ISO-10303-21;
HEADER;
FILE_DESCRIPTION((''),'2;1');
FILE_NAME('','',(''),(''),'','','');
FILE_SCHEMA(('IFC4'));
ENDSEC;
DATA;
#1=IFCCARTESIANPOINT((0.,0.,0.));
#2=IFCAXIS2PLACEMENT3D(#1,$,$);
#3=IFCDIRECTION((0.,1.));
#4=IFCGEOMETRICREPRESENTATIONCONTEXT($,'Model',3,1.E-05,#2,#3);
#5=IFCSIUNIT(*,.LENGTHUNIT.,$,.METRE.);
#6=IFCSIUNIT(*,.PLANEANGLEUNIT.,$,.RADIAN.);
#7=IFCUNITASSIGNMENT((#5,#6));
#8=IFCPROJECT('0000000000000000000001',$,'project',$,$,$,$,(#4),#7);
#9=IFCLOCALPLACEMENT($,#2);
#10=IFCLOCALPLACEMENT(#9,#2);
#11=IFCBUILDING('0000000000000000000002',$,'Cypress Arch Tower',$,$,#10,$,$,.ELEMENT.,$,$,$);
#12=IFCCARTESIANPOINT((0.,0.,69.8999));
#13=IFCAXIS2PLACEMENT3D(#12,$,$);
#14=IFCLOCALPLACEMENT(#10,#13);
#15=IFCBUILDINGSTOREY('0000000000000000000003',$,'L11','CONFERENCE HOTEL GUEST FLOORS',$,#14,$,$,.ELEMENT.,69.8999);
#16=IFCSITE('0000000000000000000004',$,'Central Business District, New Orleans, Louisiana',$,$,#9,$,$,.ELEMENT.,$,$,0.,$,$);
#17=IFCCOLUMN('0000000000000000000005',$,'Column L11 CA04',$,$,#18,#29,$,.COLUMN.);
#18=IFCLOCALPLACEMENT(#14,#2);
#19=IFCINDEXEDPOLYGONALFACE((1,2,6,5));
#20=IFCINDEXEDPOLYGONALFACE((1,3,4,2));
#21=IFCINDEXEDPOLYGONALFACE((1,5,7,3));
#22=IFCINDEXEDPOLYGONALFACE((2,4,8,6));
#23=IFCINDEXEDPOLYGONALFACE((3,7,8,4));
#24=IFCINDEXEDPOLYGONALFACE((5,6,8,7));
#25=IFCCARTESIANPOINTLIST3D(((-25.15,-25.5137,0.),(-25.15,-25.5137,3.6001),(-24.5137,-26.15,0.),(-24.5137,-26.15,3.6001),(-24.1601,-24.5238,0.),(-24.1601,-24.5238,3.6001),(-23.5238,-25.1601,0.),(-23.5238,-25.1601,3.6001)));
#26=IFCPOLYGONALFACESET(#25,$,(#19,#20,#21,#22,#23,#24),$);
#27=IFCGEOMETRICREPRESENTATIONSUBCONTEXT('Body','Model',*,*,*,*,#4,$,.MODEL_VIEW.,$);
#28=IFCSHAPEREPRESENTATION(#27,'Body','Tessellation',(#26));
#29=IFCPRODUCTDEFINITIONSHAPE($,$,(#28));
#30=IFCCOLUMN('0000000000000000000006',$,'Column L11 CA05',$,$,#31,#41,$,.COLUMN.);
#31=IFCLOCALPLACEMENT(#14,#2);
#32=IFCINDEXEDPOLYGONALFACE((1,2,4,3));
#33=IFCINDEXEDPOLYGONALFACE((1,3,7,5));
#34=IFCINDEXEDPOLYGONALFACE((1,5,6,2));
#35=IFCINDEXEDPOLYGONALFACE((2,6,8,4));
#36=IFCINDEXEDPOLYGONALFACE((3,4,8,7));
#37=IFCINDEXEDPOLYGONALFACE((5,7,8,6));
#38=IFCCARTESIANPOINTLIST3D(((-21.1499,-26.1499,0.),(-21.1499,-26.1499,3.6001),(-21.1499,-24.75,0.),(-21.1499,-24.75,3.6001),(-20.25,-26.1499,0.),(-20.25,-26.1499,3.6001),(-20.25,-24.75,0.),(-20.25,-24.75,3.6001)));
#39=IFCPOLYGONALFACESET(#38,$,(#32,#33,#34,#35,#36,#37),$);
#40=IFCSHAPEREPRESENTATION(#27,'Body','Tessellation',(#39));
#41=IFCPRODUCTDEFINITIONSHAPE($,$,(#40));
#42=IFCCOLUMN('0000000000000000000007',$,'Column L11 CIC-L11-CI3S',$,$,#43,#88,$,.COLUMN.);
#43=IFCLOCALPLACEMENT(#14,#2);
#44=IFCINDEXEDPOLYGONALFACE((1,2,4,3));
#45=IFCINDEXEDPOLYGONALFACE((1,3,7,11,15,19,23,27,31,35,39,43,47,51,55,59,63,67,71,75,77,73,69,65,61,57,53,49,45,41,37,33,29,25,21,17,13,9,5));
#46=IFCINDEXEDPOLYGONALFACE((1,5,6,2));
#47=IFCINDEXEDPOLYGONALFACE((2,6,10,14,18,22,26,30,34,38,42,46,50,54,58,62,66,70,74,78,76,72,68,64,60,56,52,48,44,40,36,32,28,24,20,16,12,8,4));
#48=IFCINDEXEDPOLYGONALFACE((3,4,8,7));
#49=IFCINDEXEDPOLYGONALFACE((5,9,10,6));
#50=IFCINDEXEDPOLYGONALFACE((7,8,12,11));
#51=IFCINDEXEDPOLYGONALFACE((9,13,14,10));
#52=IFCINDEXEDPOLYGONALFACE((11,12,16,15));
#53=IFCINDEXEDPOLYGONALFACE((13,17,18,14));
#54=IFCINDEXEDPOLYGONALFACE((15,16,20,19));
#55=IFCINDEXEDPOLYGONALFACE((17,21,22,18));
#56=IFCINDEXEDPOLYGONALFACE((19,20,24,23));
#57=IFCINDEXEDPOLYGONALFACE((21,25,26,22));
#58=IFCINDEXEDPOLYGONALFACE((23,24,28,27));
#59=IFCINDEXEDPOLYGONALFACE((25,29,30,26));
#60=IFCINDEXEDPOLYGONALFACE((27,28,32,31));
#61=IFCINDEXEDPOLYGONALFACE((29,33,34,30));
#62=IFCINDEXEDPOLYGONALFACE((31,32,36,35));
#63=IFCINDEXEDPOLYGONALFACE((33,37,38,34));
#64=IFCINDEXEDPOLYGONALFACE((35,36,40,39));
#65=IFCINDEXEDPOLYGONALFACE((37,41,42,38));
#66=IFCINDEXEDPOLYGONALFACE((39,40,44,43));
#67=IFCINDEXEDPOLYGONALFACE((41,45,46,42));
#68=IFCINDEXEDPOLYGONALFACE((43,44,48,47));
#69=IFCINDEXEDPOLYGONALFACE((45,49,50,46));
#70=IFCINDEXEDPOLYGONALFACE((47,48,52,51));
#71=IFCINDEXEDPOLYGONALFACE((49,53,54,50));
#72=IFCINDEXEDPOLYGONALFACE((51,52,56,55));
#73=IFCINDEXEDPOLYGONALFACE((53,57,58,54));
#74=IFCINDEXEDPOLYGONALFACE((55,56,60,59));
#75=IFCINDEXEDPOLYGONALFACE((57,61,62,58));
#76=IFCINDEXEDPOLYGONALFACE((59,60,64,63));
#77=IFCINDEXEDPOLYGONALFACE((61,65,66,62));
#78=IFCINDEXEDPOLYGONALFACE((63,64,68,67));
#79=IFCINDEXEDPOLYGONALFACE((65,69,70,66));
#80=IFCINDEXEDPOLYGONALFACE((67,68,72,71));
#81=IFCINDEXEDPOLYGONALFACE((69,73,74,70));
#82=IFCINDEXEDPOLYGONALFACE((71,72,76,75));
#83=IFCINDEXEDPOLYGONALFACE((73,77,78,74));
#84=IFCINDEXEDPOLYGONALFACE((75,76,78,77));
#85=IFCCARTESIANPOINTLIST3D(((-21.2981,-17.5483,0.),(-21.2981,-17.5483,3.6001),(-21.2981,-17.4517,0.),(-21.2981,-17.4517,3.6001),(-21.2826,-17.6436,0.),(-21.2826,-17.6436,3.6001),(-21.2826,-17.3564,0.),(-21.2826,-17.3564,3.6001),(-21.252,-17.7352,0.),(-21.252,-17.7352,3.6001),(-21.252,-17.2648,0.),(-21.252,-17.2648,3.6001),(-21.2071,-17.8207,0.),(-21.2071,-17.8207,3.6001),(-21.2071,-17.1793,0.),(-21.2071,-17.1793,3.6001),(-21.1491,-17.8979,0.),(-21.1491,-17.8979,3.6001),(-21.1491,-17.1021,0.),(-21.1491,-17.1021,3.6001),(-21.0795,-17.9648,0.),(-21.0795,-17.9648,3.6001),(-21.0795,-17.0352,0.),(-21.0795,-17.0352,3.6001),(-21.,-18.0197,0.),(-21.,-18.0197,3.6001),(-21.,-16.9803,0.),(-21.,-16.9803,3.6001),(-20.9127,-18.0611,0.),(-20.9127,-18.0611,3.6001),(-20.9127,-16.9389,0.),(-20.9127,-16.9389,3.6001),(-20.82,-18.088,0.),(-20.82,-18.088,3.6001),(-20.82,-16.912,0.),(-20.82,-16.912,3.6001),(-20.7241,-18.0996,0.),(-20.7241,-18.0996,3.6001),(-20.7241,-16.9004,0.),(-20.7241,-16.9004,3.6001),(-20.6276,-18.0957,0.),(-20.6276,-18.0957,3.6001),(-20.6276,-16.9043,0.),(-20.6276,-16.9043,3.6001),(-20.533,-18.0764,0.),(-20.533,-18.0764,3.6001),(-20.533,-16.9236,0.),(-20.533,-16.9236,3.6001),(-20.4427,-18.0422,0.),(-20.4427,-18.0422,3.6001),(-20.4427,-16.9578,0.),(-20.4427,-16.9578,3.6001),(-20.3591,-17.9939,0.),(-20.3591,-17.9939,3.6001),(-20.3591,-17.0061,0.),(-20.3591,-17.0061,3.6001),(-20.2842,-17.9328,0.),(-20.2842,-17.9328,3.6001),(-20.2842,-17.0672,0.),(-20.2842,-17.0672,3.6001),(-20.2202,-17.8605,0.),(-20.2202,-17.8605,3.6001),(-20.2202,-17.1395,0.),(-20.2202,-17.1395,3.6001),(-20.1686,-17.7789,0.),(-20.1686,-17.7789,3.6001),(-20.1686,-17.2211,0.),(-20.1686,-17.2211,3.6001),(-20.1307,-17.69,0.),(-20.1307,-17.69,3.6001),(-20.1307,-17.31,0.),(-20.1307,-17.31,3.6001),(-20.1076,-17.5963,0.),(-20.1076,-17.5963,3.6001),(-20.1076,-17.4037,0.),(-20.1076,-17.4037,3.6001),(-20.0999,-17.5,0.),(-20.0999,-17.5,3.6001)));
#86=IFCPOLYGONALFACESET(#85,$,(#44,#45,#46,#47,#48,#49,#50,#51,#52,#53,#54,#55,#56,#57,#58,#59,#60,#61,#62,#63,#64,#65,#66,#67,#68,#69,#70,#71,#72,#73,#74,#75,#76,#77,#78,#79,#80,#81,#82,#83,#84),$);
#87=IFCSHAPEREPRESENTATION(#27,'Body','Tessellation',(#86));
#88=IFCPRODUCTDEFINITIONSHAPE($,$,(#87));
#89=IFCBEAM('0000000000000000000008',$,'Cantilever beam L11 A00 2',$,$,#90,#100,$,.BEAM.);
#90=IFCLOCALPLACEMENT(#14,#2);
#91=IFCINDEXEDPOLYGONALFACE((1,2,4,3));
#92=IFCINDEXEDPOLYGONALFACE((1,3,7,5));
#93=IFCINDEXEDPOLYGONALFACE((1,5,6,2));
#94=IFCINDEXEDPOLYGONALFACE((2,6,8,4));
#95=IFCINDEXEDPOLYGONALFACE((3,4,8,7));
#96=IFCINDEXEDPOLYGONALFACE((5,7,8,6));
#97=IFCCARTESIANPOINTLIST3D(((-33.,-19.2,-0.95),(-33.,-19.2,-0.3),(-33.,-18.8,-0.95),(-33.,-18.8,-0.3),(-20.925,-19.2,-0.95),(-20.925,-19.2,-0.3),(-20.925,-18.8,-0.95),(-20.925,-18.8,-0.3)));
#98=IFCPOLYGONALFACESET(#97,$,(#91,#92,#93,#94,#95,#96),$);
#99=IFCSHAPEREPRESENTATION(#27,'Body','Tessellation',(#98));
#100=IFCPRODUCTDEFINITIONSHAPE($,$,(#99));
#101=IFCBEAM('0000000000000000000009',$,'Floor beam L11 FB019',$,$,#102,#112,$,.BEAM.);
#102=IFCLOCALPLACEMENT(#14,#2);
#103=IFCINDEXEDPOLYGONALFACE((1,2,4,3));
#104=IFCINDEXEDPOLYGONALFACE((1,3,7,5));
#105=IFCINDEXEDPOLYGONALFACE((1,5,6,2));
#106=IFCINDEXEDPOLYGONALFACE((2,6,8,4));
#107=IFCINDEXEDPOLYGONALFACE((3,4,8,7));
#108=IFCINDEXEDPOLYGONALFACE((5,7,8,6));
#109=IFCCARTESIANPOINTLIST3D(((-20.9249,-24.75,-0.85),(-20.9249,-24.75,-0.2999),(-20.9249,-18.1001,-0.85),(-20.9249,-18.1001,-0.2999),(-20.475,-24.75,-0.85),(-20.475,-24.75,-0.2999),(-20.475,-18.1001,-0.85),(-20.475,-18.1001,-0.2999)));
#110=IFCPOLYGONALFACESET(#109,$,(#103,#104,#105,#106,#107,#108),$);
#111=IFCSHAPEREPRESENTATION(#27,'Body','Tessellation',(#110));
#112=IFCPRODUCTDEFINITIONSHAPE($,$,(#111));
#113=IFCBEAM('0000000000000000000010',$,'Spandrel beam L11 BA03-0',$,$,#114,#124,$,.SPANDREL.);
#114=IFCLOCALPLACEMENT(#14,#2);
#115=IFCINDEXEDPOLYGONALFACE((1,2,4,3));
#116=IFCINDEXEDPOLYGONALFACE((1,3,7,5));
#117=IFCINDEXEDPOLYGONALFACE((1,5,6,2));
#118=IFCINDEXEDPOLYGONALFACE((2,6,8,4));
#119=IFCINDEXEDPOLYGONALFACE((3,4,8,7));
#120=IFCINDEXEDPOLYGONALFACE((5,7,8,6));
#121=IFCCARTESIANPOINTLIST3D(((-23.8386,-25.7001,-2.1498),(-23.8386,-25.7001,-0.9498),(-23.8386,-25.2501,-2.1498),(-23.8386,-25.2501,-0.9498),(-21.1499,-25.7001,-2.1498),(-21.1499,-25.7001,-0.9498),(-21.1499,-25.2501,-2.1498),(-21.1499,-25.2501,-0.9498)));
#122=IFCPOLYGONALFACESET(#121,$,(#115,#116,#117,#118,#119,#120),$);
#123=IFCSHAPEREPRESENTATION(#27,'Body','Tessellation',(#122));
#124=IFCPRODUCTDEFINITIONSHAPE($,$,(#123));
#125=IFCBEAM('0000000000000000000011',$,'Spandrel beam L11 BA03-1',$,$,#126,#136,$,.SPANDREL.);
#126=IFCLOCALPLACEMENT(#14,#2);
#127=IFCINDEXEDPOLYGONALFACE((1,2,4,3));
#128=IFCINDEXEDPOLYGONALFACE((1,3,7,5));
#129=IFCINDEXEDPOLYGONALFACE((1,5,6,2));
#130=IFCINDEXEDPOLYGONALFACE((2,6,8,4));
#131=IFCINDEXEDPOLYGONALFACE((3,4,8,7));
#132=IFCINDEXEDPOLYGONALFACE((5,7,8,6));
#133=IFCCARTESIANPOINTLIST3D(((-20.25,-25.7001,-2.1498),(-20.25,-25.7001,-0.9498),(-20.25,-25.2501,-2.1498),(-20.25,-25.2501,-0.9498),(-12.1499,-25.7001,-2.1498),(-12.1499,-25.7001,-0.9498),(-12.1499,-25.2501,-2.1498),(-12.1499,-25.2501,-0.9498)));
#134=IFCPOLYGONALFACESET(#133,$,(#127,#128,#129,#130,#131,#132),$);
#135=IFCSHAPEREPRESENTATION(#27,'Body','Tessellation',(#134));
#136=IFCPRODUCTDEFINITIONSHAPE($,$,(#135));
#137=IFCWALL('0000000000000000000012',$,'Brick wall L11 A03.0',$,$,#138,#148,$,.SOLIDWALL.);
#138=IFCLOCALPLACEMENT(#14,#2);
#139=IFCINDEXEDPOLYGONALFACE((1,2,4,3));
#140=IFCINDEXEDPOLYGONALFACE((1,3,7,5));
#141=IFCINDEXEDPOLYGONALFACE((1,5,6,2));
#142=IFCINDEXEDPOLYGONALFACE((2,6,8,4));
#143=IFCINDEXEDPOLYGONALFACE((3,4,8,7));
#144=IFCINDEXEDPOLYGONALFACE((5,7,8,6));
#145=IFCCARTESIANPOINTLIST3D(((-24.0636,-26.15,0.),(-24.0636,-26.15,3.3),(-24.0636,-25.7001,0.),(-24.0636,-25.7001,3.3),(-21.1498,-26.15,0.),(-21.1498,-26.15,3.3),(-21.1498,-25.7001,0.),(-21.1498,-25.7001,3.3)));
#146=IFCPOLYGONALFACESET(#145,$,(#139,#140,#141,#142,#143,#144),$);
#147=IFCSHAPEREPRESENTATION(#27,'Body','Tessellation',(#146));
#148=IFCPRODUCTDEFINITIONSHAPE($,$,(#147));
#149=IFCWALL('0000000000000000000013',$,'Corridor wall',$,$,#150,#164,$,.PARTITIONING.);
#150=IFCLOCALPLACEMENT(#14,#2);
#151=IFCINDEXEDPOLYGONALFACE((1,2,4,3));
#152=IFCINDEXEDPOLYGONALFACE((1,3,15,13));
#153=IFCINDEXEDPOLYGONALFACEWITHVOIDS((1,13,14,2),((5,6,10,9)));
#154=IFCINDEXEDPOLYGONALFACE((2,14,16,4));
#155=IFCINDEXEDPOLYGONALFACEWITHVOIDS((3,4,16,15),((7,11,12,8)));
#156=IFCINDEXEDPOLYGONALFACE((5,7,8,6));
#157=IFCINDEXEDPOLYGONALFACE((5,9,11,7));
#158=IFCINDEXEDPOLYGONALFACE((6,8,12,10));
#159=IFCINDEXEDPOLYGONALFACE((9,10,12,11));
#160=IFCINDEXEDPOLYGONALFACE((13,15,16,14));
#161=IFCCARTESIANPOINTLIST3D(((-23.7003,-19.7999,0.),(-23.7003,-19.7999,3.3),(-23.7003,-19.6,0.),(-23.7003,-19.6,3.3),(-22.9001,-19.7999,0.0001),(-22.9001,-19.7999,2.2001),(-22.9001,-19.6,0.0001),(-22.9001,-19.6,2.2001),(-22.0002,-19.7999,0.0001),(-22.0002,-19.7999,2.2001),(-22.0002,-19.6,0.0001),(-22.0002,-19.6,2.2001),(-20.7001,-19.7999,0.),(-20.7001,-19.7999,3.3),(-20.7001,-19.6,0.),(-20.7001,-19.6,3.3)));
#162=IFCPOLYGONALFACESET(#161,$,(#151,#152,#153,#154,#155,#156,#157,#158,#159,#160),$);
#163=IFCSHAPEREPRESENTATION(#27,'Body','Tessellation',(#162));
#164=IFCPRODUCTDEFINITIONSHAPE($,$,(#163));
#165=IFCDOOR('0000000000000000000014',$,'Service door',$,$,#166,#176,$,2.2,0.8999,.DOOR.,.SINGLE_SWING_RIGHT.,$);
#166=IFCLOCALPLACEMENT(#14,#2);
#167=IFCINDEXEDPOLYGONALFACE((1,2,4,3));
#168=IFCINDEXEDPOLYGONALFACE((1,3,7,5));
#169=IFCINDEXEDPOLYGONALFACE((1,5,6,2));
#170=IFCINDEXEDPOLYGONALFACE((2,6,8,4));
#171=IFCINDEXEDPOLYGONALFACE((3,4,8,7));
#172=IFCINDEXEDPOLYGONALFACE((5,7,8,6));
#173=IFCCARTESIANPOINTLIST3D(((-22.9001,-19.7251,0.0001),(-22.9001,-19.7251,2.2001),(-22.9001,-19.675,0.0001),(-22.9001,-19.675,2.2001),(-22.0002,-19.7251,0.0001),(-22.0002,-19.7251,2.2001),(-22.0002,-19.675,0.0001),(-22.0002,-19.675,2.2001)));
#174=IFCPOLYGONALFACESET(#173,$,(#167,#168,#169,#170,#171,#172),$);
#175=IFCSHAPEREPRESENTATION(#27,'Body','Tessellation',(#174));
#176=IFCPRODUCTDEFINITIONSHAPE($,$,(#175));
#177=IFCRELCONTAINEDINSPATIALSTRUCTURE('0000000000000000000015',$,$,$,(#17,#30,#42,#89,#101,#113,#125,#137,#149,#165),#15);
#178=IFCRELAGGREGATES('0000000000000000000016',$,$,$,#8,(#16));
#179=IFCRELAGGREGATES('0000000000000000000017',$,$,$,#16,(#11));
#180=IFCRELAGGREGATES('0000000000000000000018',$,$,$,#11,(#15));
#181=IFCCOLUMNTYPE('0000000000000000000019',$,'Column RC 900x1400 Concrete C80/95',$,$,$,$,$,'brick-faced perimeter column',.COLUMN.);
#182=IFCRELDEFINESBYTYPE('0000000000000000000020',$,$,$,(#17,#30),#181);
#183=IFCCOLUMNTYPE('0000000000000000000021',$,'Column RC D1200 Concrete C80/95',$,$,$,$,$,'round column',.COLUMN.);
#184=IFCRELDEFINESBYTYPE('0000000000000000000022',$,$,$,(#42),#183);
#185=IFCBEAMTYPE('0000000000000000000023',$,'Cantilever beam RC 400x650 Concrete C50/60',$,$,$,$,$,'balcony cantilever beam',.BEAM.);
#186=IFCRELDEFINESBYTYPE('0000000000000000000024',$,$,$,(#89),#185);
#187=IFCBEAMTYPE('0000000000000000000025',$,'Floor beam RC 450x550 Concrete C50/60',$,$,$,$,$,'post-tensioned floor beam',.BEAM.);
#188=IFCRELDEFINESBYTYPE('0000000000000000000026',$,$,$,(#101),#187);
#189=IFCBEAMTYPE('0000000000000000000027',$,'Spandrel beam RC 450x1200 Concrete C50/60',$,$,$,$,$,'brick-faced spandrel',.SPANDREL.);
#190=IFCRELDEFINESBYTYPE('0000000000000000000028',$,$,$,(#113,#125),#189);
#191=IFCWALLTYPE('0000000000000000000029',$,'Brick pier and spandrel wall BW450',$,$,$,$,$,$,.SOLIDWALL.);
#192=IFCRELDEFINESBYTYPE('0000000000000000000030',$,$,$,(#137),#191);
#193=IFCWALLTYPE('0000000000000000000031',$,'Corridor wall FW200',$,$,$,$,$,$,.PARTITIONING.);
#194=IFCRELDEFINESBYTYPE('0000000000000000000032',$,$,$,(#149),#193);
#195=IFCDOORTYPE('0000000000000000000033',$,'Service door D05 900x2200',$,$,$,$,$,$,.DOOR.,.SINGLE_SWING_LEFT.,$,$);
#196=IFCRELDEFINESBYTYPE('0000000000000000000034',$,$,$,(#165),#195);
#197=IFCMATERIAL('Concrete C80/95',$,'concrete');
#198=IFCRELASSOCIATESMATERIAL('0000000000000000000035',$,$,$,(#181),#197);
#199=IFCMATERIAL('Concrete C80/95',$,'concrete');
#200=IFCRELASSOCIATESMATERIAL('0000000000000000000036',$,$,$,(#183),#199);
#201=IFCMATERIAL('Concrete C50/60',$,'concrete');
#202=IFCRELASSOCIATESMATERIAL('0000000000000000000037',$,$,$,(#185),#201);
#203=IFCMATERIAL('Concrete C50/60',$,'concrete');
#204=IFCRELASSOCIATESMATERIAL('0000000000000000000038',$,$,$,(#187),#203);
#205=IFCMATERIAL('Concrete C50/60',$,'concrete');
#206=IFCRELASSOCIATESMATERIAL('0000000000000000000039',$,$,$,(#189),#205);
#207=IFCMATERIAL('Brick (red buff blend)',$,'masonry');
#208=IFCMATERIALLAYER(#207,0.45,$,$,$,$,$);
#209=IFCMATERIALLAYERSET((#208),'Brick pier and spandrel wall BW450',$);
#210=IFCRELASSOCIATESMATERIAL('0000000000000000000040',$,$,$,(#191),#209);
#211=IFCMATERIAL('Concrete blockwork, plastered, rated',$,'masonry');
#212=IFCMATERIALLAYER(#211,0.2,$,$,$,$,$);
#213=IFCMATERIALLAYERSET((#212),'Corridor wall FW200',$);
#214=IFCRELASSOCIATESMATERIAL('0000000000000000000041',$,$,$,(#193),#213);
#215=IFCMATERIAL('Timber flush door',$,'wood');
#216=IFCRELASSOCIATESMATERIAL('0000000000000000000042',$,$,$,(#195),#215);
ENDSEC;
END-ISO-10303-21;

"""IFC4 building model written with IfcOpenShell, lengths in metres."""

from ifc_helpers import new_model, si_unit, direction, frame, frame_2d, origin, origin_2d, place, context, subcontext, project, spatial, rectangle, circle, extrude, material, layer, layer_set, material_profile, profile_set, type_object, element, fill, save


model = new_model("IFC4")

# Units and contexts
model_context = context("Model", 3, precision=1e-05, world=origin(), true_north=direction((0.0, 1.0)))
body_context = subcontext(model_context, "Body", "Model", "MODEL_VIEW")
ifc_project = project(units=[si_unit("LENGTHUNIT", "METRE"), si_unit("PLANEANGLEUNIT", "RADIAN")], contexts=[model_context])

# Site, building, storey
site_placement = place(None, origin())
site = spatial("IfcSite", under=ifc_project, at=site_placement, Name="Central Business District, New Orleans, Louisiana", CompositionType="ELEMENT", RefElevation=0.0)
building_placement = place(site_placement, origin())
building = spatial("IfcBuilding", under=site, at=building_placement, Name="Cypress Arch Tower", CompositionType="ELEMENT")
storey_placement = place(building_placement, frame((0.0, 0.0, 69.8999)))
storey = spatial("IfcBuildingStorey", under=building, at=storey_placement, Name="L11", Description="CONFERENCE HOTEL GUEST FLOORS", CompositionType="ELEMENT", Elevation=69.8999)

# Columns
ifc_material_1 = material(Name="Concrete C80/95", Category="concrete")
ifc_material_profile_1 = material_profile(ifc_material_1, rectangle(XDim=0.8999, YDim=1.3999, at=origin_2d()), Name="RC 900x1400")
ifc_profile_set_1 = profile_set([ifc_material_profile_1], Name="Concrete C80/95")
column_type_1 = type_object("IfcColumnType", Name="Column RC 900x1400 Concrete C80/95", ElementType="brick-faced perimeter column", PredefinedType="COLUMN", material=ifc_profile_set_1)
for number, where, z_axis, x_axis, name in (
    (1, (-24.3369, -25.3369, 0.0), (0.0, 0.0, 1.0), (0.707107, -0.707107, 0.0), "Column L11 CA04"),
    (2, (-20.7, -25.45, 0.0), (0.0, 0.0, 1.0), (1.0, 0.0, 0.0), "Column L11 CA05"),
):
    element("IfcColumn", number, at=place(storey_placement, frame(where, z_axis=z_axis, x_axis=x_axis)), inside=storey, type_object=column_type_1, Name=name, PredefinedType="COLUMN", context=body_context, shape_type="SweptSolid", body=[
        extrude(rectangle(XDim=0.8999, YDim=1.3999, at=origin_2d()), origin(), (0.0, 0.0, 1.0), 3.6001),
    ])
ifc_material_2 = material(Name="Concrete C80/95", Category="concrete")
ifc_material_profile_2 = material_profile(ifc_material_2, circle(Radius=0.6001, at=origin_2d()), Name="RC D1200")
ifc_profile_set_2 = profile_set([ifc_material_profile_2], Name="Concrete C80/95")
column_type_2 = type_object("IfcColumnType", Name="Column RC D1200 Concrete C80/95", ElementType="round column", PredefinedType="COLUMN", material=ifc_profile_set_2)
column_placement = place(storey_placement, frame((-20.7, -17.5, 0.0), z_axis=(0.0, 0.0, 1.0), x_axis=(1.0, 0.0, 0.0)))
element("IfcColumn", 3, at=column_placement, inside=storey, type_object=column_type_2, Name="Column L11 CIC-L11-CI3S", PredefinedType="COLUMN", context=body_context, shape_type="SweptSolid", body=[
    extrude(circle(Radius=0.6001, at=origin_2d()), origin(), (0.0, 0.0, 1.0), 3.6001),
])

# Beams
ifc_material_3 = material(Name="Concrete C50/60", Category="concrete")
ifc_material_profile_3 = material_profile(ifc_material_3, rectangle(XDim=0.3999, YDim=0.6499, at=origin_2d()), Name="RC 400x650")
ifc_profile_set_3 = profile_set([ifc_material_profile_3], Name="Concrete C50/60")
beam_type_1 = type_object("IfcBeamType", Name="Cantilever beam RC 400x650 Concrete C50/60", ElementType="balcony cantilever beam", PredefinedType="BEAM", material=ifc_profile_set_3)
beam_1_placement = place(storey_placement, frame((-20.925, -19.0, -0.625), z_axis=(-1.0, 0.0, 0.0), x_axis=(0.0, -1.0, 0.0)))
element("IfcBeam", 4, at=beam_1_placement, inside=storey, type_object=beam_type_1, Name="Cantilever beam L11 A00 2", PredefinedType="BEAM", context=body_context, shape_type="SweptSolid", body=[
    extrude(rectangle(XDim=0.3999, YDim=0.6499, at=origin_2d()), origin(), (0.0, 0.0, 1.0), 12.075),
])
ifc_material_4 = material(Name="Concrete C50/60", Category="concrete")
ifc_material_profile_4 = material_profile(ifc_material_4, rectangle(XDim=0.45, YDim=0.55, at=origin_2d()), Name="RC 450x550")
ifc_profile_set_4 = profile_set([ifc_material_profile_4], Name="Concrete C50/60")
beam_type_2 = type_object("IfcBeamType", Name="Floor beam RC 450x550 Concrete C50/60", ElementType="post-tensioned floor beam", PredefinedType="BEAM", material=ifc_profile_set_4)
beam_2_placement = place(storey_placement, frame((-20.7, -24.75, -0.575), z_axis=(0.0, 1.0, 0.0), x_axis=(-1.0, 0.0, 0.0)))
element("IfcBeam", 5, at=beam_2_placement, inside=storey, type_object=beam_type_2, Name="Floor beam L11 FB019", PredefinedType="BEAM", context=body_context, shape_type="SweptSolid", body=[
    extrude(rectangle(XDim=0.45, YDim=0.55, at=origin_2d()), origin(), (0.0, 0.0, 1.0), 6.6499),
])
ifc_material_5 = material(Name="Concrete C50/60", Category="concrete")
ifc_material_profile_5 = material_profile(ifc_material_5, rectangle(XDim=0.45, YDim=1.2, at=origin_2d()), Name="RC 450x1200")
ifc_profile_set_5 = profile_set([ifc_material_profile_5], Name="Concrete C50/60")
beam_type_3 = type_object("IfcBeamType", Name="Spandrel beam RC 450x1200 Concrete C50/60", ElementType="brick-faced spandrel", PredefinedType="SPANDREL", material=ifc_profile_set_5)
beam_3_placement = place(storey_placement, frame((-23.8386, -25.4751, -1.5498), z_axis=(1.0, 0.0, 0.0), x_axis=(0.0, 1.0, 0.0)))
element("IfcBeam", 6, at=beam_3_placement, inside=storey, type_object=beam_type_3, Name="Spandrel beam L11 BA03-0", PredefinedType="SPANDREL", context=body_context, shape_type="SweptSolid", body=[
    extrude(rectangle(XDim=0.45, YDim=1.2, at=origin_2d()), origin(), (0.0, 0.0, 1.0), 2.6887),
])
beam_4_placement = place(storey_placement, frame((-20.25, -25.4751, -1.5498), z_axis=(1.0, 0.0, 0.0), x_axis=(0.0, 1.0, 0.0)))
element("IfcBeam", 7, at=beam_4_placement, inside=storey, type_object=beam_type_3, Name="Spandrel beam L11 BA03-1", PredefinedType="SPANDREL", context=body_context, shape_type="SweptSolid", body=[
    extrude(rectangle(XDim=0.45, YDim=1.2, at=origin_2d()), origin(), (0.0, 0.0, 1.0), 8.1001),
])

# Wall
ifc_material_6 = material(Name="Brick (red buff blend)", Category="masonry")
ifc_layer_1 = layer(ifc_material_6, 0.45)
ifc_layer_set_1 = layer_set([ifc_layer_1], Name="Brick pier and spandrel wall BW450")
wall_type_1 = type_object("IfcWallType", Name="Brick pier and spandrel wall BW450", PredefinedType="SOLIDWALL", material=ifc_layer_set_1)
wall_1_placement = place(storey_placement, frame((-24.0637, -25.925, 0.0), z_axis=(0.0, 0.0, 1.0), x_axis=(1.0, 0.0, 0.0)))
element("IfcWall", 8, at=wall_1_placement, inside=storey, type_object=wall_type_1, Name="Brick wall L11 A03.0", PredefinedType="SOLIDWALL", context=body_context, shape_type="SweptSolid", body=[
    extrude(rectangle(XDim=2.9138, YDim=0.45, at=frame_2d((1.457, 0.0))), origin(), (0.0, 0.0, 1.0), 3.3),
])

# Wall, opening, door
ifc_material_7 = material(Name="Concrete blockwork, plastered, rated", Category="masonry")
ifc_layer_2 = layer(ifc_material_7, 0.2)
ifc_layer_set_2 = layer_set([ifc_layer_2], Name="Corridor wall FW200")
wall_type_2 = type_object("IfcWallType", Name="Corridor wall FW200", PredefinedType="PARTITIONING", material=ifc_layer_set_2)
wall_2_placement = place(storey_placement, frame((-23.7002, -19.7, 0.0), z_axis=(0.0, 0.0, 1.0), x_axis=(1.0, 0.0, 0.0)))
wall_2 = element("IfcWall", 9, at=wall_2_placement, inside=storey, type_object=wall_type_2, Name="Corridor wall", PredefinedType="PARTITIONING", context=body_context, shape_type="SweptSolid", body=[
    extrude(rectangle(XDim=3.0002, YDim=0.2, at=frame_2d((1.5, 0.0))), origin(), (0.0, 0.0, 1.0), 3.3),
])
opening_1_placement = place(wall_2_placement, frame((0.8, 0.0, 0.0)))
opening_1 = element("IfcOpeningElement", 10, at=opening_1_placement, cuts=wall_2, PredefinedType="OPENING", context=body_context, shape_type="SweptSolid", body=[
    extrude(rectangle(XDim=0.8999, YDim=2.2, at=frame_2d((0.45, 1.1001))), frame((0.0, 0.1099, 0.0), z_axis=(0.0, -1.0, 0.0), x_axis=(1.0, 0.0, 0.0)), (0.0, 0.0, 1.0), 0.22),
])
ifc_material_8 = material(Name="Timber flush door", Category="wood")
door_type_1 = type_object("IfcDoorType", Name="Service door D05 900x2200", OperationType="SINGLE_SWING_LEFT", PredefinedType="DOOR", material=ifc_material_8)
door_1_placement = place(opening_1_placement, origin())
door_1 = element("IfcDoor", 11, at=door_1_placement, inside=storey, type_object=door_type_1, Name="Service door", OperationType="SINGLE_SWING_RIGHT", OverallHeight=2.2, OverallWidth=0.8999, PredefinedType="DOOR", context=body_context, shape_type="SweptSolid", body=[
    extrude(rectangle(XDim=0.8999, YDim=2.2, at=frame_2d((0.45, 1.1001))), frame((0.0, 0.0249, 0.0), z_axis=(0.0, -1.0, 0.0), x_axis=(1.0, 0.0, 0.0)), (0.0, 0.0, 1.0), 0.05),
])
fill(opening_1, door_1)

save(model, "model.ifc")
